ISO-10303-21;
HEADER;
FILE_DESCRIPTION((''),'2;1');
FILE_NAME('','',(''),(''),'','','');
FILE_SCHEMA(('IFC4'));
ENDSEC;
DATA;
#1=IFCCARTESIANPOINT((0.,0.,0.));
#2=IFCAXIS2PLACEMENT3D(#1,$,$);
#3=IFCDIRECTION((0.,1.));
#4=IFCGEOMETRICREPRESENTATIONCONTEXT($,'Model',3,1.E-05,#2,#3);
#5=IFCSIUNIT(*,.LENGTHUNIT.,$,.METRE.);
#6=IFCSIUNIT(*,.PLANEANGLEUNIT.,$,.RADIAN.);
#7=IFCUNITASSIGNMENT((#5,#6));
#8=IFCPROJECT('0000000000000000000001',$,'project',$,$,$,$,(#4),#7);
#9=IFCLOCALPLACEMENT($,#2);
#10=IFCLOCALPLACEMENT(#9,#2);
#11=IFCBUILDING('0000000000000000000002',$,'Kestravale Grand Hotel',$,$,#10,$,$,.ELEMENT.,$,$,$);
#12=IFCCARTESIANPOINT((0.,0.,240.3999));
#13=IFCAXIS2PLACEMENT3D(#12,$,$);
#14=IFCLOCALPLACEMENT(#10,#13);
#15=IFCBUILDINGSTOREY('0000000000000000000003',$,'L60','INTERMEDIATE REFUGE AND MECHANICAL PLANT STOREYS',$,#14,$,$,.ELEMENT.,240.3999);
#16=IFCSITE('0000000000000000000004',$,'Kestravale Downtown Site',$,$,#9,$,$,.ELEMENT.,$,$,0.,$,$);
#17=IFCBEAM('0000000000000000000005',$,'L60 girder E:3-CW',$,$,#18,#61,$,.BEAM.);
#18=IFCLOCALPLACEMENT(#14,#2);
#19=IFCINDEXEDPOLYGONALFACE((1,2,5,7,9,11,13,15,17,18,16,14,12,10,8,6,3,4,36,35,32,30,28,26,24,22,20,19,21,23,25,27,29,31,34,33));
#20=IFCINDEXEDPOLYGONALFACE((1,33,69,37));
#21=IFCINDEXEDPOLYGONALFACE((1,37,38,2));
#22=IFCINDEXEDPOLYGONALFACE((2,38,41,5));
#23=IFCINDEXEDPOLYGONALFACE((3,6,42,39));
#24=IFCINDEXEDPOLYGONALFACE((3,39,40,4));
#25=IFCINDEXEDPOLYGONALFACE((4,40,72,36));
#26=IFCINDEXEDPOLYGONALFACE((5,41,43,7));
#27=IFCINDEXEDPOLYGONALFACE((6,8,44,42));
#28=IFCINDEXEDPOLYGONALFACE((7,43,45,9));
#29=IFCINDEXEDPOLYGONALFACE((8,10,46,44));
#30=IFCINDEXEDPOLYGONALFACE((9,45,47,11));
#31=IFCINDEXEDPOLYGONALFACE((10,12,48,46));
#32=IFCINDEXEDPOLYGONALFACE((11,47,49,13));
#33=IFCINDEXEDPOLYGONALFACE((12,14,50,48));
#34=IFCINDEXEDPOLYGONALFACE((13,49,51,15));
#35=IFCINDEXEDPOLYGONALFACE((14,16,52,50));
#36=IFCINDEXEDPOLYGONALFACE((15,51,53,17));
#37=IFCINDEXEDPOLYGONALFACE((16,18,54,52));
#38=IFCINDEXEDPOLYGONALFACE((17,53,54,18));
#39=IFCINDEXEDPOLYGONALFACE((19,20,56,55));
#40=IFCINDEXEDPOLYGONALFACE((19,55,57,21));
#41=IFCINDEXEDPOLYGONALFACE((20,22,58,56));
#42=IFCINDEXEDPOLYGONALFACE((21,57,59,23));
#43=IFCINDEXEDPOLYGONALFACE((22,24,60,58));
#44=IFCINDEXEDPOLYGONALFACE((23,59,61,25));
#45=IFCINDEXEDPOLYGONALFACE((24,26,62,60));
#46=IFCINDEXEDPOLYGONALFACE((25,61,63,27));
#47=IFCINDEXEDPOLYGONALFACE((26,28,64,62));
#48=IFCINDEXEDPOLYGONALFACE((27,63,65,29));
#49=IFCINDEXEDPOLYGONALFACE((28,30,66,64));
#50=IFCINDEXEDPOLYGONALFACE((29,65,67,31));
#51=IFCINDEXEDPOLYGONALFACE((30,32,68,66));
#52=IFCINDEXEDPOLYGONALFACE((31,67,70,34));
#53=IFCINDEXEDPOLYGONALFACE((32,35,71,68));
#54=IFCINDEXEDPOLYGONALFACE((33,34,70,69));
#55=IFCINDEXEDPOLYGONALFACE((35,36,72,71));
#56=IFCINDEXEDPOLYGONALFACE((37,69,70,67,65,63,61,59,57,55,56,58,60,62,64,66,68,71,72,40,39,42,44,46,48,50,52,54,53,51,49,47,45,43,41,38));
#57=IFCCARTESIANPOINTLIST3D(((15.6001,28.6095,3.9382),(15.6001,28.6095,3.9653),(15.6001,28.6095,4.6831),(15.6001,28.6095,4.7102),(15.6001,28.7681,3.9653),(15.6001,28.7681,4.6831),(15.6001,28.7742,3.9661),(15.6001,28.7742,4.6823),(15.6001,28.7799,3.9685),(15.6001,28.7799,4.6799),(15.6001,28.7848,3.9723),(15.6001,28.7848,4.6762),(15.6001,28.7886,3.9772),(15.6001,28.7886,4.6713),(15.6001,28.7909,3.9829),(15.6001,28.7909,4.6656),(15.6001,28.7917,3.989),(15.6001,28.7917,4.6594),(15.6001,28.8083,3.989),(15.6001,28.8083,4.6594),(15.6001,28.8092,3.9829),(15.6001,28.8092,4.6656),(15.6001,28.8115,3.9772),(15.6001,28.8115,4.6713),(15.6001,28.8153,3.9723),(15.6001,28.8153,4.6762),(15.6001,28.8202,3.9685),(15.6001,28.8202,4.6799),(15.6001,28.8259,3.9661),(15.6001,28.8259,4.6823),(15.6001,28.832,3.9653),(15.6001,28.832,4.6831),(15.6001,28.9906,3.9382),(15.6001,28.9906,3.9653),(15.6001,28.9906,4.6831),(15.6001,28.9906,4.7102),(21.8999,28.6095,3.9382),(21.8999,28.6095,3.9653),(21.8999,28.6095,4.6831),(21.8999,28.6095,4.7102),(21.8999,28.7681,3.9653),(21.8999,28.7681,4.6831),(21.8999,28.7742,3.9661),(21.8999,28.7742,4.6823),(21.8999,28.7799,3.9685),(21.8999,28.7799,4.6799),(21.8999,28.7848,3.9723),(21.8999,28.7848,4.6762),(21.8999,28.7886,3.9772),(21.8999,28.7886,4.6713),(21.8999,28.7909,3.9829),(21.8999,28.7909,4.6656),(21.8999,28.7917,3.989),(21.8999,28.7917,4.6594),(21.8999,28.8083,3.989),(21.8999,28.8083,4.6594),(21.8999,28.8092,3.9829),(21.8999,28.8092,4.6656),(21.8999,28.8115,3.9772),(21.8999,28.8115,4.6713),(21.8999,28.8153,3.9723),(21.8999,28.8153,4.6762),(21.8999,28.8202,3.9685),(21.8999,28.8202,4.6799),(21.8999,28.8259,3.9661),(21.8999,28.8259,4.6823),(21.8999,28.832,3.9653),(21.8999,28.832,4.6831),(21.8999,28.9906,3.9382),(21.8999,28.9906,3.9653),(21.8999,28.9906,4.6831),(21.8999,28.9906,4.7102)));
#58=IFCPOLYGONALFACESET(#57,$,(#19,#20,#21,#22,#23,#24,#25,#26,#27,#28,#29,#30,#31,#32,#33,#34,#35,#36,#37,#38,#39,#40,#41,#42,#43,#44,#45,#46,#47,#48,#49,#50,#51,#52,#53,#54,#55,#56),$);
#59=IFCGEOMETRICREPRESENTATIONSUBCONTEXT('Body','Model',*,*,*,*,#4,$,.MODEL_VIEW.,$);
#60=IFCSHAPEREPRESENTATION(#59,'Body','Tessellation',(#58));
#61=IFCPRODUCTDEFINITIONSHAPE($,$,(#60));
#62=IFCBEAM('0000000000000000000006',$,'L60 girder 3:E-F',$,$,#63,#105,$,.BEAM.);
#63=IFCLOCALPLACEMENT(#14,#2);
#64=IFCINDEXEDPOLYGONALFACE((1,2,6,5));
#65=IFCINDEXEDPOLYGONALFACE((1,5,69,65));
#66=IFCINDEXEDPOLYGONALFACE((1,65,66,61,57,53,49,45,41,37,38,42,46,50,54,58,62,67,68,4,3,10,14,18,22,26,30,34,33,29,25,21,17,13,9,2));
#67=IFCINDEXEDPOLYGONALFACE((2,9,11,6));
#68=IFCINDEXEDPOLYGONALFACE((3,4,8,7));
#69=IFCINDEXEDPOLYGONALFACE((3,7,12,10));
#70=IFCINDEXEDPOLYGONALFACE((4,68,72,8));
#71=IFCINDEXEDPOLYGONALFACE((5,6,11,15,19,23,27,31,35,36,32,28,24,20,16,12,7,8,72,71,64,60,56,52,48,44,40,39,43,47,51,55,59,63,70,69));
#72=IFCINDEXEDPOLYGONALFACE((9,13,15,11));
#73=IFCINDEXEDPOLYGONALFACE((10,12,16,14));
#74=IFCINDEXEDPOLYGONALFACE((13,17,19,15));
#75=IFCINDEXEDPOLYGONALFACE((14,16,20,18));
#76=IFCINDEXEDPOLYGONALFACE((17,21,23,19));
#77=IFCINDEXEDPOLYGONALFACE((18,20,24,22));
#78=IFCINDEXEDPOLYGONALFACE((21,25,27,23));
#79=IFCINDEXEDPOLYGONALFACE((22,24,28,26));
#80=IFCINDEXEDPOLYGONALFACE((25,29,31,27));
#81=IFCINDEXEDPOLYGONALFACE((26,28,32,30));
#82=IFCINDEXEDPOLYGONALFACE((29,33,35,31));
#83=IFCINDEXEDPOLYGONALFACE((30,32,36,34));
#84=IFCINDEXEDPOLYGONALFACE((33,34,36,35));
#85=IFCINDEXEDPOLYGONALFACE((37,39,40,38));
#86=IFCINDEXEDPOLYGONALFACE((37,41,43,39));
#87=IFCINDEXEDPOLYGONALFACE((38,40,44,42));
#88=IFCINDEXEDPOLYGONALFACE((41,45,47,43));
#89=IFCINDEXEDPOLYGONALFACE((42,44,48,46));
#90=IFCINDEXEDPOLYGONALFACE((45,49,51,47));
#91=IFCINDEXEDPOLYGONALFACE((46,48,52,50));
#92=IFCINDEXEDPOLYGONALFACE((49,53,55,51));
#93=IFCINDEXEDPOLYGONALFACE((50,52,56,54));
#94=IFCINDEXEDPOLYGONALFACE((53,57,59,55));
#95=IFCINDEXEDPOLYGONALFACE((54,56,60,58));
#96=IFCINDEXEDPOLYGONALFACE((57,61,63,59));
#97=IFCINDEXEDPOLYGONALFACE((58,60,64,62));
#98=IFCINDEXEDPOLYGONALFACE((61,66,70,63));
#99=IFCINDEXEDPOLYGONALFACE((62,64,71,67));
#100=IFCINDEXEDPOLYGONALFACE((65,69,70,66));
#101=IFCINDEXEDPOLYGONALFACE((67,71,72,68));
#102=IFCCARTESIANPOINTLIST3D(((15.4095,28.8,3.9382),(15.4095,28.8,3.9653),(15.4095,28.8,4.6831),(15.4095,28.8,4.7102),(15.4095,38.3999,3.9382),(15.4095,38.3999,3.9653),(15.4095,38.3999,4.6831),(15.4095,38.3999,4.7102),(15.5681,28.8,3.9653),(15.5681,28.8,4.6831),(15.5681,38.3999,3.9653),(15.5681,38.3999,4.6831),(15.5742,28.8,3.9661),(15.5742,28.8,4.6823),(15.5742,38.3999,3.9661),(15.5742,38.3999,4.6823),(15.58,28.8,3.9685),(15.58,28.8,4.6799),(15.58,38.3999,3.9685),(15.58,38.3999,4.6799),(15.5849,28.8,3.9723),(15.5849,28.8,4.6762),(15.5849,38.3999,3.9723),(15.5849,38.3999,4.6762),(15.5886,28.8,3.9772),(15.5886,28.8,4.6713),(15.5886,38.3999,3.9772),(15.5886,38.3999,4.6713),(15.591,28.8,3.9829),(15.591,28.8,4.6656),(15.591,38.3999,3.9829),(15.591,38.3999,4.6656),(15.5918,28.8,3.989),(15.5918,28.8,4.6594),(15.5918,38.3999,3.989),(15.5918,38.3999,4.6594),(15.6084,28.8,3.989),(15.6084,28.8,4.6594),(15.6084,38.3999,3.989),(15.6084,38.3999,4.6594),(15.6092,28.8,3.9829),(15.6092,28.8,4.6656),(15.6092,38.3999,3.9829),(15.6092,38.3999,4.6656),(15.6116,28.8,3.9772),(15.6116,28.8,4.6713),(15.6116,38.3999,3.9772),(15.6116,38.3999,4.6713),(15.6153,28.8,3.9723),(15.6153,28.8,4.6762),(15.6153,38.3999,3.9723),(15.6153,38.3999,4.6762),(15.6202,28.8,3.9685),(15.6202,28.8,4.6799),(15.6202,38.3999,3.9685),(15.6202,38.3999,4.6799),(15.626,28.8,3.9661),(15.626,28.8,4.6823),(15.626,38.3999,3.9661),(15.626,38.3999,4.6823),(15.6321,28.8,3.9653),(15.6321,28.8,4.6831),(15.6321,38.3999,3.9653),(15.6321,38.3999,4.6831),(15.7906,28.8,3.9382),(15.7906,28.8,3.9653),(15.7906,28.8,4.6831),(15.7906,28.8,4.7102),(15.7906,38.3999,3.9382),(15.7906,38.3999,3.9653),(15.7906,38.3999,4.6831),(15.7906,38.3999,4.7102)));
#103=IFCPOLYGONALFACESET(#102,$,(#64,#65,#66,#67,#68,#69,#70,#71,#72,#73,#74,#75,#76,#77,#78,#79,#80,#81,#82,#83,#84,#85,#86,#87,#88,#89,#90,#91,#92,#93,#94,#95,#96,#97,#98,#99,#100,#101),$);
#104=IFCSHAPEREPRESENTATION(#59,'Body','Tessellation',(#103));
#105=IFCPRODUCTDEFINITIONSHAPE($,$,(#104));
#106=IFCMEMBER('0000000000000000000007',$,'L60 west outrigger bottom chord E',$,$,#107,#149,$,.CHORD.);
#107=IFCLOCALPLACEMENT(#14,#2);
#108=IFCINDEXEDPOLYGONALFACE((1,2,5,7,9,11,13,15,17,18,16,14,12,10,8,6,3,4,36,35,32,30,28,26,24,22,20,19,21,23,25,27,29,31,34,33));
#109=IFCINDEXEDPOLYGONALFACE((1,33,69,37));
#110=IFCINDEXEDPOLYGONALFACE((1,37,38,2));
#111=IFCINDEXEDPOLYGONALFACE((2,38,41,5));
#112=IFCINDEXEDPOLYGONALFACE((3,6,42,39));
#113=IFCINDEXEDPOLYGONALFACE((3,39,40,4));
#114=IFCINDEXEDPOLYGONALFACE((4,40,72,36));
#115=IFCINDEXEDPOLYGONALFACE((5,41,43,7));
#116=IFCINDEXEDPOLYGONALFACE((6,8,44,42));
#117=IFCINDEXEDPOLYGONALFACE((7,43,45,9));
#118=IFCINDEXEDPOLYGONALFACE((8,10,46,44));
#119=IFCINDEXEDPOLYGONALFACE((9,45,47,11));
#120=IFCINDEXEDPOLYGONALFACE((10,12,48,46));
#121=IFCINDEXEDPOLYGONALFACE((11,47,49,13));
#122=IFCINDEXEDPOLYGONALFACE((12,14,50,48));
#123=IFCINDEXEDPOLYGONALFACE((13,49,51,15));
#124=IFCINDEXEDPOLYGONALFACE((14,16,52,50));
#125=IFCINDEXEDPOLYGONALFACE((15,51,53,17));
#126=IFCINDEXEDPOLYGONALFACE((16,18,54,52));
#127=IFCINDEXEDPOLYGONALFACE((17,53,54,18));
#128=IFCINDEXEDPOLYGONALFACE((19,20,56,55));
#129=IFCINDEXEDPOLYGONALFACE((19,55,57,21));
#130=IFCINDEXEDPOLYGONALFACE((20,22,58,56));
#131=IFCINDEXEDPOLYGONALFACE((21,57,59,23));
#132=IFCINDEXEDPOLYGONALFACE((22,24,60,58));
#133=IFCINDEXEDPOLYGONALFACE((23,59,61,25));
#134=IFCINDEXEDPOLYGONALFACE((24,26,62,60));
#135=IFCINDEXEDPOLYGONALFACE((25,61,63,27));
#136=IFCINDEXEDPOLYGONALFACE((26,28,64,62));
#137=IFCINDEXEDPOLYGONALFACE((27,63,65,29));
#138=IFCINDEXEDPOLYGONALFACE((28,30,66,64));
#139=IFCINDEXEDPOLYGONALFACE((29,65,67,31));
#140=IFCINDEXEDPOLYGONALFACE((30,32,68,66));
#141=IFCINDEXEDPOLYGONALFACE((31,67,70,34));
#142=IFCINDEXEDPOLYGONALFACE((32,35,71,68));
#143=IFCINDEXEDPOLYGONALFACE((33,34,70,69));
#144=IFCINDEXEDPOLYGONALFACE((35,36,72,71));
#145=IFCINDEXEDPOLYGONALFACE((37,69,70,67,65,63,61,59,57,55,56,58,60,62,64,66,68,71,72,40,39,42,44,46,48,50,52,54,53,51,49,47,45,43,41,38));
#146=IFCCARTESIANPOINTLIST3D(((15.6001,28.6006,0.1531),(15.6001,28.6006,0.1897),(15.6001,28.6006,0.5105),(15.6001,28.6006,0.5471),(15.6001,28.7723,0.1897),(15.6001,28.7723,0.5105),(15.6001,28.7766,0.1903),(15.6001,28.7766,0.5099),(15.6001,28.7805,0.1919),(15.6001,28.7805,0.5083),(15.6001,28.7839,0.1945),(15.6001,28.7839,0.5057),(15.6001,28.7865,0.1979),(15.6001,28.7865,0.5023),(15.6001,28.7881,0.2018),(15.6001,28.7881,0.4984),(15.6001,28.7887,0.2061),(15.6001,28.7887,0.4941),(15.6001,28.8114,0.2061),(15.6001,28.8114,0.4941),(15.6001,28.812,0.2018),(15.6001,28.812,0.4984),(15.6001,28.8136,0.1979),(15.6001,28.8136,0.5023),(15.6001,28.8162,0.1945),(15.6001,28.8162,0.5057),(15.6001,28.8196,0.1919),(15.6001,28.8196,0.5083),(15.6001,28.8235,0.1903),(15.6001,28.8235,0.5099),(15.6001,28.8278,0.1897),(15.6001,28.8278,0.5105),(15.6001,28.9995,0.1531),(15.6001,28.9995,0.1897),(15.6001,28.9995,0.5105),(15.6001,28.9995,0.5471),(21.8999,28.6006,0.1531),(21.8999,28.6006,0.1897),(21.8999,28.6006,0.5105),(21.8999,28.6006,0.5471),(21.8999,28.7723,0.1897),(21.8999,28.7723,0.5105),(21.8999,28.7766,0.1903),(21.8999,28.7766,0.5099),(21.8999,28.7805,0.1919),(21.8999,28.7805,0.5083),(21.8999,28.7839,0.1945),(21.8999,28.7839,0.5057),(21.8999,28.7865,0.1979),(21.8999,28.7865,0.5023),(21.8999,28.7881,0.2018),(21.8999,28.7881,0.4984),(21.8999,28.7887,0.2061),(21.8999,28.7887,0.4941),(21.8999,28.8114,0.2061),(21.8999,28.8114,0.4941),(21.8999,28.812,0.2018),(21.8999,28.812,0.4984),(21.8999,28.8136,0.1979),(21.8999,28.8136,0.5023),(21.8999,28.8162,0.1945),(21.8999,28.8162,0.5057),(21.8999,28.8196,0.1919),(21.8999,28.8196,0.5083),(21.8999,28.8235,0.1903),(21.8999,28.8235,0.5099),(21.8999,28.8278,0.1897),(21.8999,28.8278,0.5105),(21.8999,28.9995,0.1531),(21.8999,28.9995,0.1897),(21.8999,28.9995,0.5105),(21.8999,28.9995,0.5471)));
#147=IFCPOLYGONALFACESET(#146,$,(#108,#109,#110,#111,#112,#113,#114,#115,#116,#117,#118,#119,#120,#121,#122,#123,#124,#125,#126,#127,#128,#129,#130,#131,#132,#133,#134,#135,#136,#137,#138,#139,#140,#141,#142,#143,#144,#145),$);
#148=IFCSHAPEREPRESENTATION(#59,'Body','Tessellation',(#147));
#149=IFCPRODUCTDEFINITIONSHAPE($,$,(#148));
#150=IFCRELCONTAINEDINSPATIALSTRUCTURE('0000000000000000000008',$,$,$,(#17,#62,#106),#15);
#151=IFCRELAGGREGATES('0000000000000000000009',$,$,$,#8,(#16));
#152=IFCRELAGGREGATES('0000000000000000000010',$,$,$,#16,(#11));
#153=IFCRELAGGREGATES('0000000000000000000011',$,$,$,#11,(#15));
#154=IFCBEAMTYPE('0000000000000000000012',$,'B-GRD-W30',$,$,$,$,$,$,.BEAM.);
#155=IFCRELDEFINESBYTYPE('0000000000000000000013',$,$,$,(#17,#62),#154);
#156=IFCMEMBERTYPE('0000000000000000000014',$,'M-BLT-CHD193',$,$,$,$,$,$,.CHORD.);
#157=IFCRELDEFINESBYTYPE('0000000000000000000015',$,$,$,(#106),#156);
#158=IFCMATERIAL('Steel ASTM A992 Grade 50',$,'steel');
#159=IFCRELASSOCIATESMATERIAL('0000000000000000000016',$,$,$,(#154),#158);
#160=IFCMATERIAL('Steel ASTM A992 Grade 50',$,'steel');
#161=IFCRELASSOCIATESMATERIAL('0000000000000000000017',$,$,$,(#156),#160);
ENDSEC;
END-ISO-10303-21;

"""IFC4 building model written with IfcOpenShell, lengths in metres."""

from ifc_helpers import new_model, si_unit, direction, frame, origin, origin_2d, place, context, subcontext, project, spatial, i_section, extrude, material, material_profile, profile_set, type_object, element, save


model = new_model("IFC4")

# Units and contexts
model_context = context("Model", 3, precision=1e-05, world=origin(), true_north=direction((0.0, 1.0)))
body_context = subcontext(model_context, "Body", "Model", "MODEL_VIEW")
ifc_project = project(units=[si_unit("LENGTHUNIT", "METRE"), si_unit("PLANEANGLEUNIT", "RADIAN")], contexts=[model_context])

# Site, building, storey
site_placement = place(None, origin())
site = spatial("IfcSite", under=ifc_project, at=site_placement, Name="Kestravale Downtown Site", CompositionType="ELEMENT", RefElevation=0.0)
building_placement = place(site_placement, origin())
building = spatial("IfcBuilding", under=site, at=building_placement, Name="Kestravale Grand Hotel", CompositionType="ELEMENT")
storey_placement = place(building_placement, frame((0.0, 0.0, 240.3999)))
storey = spatial("IfcBuildingStorey", under=building, at=storey_placement, Name="L60", Description="INTERMEDIATE REFUGE AND MECHANICAL PLANT STOREYS", CompositionType="ELEMENT", Elevation=240.3999)

# Beams
ifc_material_1 = material(Name="Steel ASTM A992 Grade 50", Category="steel")
ifc_material_profile_1 = material_profile(ifc_material_1, i_section(OverallWidth=0.3811, OverallDepth=0.772, WebThickness=0.0166, FlangeThickness=0.0271, FilletRadius=0.0237, at=origin_2d()))
ifc_profile_set_1 = profile_set([ifc_material_profile_1], Name="Steel ASTM A992 Grade 50")
beam_type_1 = type_object("IfcBeamType", Name="B-GRD-W30", PredefinedType="BEAM", material=ifc_profile_set_1)
beam_1_placement = place(storey_placement, frame((15.6001, 28.8, 4.3242), z_axis=(1.0, 0.0, 0.0), x_axis=(0.0, 1.0, 0.0)))
element("IfcBeam", 1, at=beam_1_placement, inside=storey, type_object=beam_type_1, Name="L60 girder E:3-CW", PredefinedType="BEAM", context=body_context, shape_type="SweptSolid", body=[
    extrude(i_section(OverallWidth=0.3811, OverallDepth=0.772, WebThickness=0.0166, FlangeThickness=0.0271, FilletRadius=0.0237, at=origin_2d()), origin(), (0.0, 0.0, 1.0), 6.2998),
])
beam_2_placement = place(storey_placement, frame((15.6001, 28.8, 4.3242), z_axis=(0.0, 1.0, 0.0), x_axis=(-1.0, 0.0, 0.0)))
element("IfcBeam", 2, at=beam_2_placement, inside=storey, type_object=beam_type_1, Name="L60 girder 3:E-F", PredefinedType="BEAM", context=body_context, shape_type="SweptSolid", body=[
    extrude(i_section(OverallWidth=0.3811, OverallDepth=0.772, WebThickness=0.0166, FlangeThickness=0.0271, FilletRadius=0.0237, at=origin_2d()), origin(), (0.0, 0.0, 1.0), 9.5999),
])

# Member
ifc_material_2 = material(Name="Steel ASTM A992 Grade 50", Category="steel")
ifc_material_profile_2 = material_profile(ifc_material_2, i_section(OverallWidth=0.3989, OverallDepth=0.394, WebThickness=0.0227, FlangeThickness=0.0366, FilletRadius=0.0164, at=origin_2d()))
ifc_profile_set_2 = profile_set([ifc_material_profile_2], Name="Steel ASTM A992 Grade 50")
member_type_1 = type_object("IfcMemberType", Name="M-BLT-CHD193", PredefinedType="CHORD", material=ifc_profile_set_2)
member_placement = place(storey_placement, frame((15.6001, 28.8, 0.3501), z_axis=(1.0, 0.0, 0.0), x_axis=(0.0, 1.0, 0.0)))
element("IfcMember", 3, at=member_placement, inside=storey, type_object=member_type_1, Name="L60 west outrigger bottom chord E", PredefinedType="CHORD", context=body_context, shape_type="SweptSolid", body=[
    extrude(i_section(OverallWidth=0.3989, OverallDepth=0.394, WebThickness=0.0227, FlangeThickness=0.0366, FilletRadius=0.0164, at=origin_2d()), origin(), (0.0, 0.0, 1.0), 6.2998),
])

save(model, "model.ifc")
